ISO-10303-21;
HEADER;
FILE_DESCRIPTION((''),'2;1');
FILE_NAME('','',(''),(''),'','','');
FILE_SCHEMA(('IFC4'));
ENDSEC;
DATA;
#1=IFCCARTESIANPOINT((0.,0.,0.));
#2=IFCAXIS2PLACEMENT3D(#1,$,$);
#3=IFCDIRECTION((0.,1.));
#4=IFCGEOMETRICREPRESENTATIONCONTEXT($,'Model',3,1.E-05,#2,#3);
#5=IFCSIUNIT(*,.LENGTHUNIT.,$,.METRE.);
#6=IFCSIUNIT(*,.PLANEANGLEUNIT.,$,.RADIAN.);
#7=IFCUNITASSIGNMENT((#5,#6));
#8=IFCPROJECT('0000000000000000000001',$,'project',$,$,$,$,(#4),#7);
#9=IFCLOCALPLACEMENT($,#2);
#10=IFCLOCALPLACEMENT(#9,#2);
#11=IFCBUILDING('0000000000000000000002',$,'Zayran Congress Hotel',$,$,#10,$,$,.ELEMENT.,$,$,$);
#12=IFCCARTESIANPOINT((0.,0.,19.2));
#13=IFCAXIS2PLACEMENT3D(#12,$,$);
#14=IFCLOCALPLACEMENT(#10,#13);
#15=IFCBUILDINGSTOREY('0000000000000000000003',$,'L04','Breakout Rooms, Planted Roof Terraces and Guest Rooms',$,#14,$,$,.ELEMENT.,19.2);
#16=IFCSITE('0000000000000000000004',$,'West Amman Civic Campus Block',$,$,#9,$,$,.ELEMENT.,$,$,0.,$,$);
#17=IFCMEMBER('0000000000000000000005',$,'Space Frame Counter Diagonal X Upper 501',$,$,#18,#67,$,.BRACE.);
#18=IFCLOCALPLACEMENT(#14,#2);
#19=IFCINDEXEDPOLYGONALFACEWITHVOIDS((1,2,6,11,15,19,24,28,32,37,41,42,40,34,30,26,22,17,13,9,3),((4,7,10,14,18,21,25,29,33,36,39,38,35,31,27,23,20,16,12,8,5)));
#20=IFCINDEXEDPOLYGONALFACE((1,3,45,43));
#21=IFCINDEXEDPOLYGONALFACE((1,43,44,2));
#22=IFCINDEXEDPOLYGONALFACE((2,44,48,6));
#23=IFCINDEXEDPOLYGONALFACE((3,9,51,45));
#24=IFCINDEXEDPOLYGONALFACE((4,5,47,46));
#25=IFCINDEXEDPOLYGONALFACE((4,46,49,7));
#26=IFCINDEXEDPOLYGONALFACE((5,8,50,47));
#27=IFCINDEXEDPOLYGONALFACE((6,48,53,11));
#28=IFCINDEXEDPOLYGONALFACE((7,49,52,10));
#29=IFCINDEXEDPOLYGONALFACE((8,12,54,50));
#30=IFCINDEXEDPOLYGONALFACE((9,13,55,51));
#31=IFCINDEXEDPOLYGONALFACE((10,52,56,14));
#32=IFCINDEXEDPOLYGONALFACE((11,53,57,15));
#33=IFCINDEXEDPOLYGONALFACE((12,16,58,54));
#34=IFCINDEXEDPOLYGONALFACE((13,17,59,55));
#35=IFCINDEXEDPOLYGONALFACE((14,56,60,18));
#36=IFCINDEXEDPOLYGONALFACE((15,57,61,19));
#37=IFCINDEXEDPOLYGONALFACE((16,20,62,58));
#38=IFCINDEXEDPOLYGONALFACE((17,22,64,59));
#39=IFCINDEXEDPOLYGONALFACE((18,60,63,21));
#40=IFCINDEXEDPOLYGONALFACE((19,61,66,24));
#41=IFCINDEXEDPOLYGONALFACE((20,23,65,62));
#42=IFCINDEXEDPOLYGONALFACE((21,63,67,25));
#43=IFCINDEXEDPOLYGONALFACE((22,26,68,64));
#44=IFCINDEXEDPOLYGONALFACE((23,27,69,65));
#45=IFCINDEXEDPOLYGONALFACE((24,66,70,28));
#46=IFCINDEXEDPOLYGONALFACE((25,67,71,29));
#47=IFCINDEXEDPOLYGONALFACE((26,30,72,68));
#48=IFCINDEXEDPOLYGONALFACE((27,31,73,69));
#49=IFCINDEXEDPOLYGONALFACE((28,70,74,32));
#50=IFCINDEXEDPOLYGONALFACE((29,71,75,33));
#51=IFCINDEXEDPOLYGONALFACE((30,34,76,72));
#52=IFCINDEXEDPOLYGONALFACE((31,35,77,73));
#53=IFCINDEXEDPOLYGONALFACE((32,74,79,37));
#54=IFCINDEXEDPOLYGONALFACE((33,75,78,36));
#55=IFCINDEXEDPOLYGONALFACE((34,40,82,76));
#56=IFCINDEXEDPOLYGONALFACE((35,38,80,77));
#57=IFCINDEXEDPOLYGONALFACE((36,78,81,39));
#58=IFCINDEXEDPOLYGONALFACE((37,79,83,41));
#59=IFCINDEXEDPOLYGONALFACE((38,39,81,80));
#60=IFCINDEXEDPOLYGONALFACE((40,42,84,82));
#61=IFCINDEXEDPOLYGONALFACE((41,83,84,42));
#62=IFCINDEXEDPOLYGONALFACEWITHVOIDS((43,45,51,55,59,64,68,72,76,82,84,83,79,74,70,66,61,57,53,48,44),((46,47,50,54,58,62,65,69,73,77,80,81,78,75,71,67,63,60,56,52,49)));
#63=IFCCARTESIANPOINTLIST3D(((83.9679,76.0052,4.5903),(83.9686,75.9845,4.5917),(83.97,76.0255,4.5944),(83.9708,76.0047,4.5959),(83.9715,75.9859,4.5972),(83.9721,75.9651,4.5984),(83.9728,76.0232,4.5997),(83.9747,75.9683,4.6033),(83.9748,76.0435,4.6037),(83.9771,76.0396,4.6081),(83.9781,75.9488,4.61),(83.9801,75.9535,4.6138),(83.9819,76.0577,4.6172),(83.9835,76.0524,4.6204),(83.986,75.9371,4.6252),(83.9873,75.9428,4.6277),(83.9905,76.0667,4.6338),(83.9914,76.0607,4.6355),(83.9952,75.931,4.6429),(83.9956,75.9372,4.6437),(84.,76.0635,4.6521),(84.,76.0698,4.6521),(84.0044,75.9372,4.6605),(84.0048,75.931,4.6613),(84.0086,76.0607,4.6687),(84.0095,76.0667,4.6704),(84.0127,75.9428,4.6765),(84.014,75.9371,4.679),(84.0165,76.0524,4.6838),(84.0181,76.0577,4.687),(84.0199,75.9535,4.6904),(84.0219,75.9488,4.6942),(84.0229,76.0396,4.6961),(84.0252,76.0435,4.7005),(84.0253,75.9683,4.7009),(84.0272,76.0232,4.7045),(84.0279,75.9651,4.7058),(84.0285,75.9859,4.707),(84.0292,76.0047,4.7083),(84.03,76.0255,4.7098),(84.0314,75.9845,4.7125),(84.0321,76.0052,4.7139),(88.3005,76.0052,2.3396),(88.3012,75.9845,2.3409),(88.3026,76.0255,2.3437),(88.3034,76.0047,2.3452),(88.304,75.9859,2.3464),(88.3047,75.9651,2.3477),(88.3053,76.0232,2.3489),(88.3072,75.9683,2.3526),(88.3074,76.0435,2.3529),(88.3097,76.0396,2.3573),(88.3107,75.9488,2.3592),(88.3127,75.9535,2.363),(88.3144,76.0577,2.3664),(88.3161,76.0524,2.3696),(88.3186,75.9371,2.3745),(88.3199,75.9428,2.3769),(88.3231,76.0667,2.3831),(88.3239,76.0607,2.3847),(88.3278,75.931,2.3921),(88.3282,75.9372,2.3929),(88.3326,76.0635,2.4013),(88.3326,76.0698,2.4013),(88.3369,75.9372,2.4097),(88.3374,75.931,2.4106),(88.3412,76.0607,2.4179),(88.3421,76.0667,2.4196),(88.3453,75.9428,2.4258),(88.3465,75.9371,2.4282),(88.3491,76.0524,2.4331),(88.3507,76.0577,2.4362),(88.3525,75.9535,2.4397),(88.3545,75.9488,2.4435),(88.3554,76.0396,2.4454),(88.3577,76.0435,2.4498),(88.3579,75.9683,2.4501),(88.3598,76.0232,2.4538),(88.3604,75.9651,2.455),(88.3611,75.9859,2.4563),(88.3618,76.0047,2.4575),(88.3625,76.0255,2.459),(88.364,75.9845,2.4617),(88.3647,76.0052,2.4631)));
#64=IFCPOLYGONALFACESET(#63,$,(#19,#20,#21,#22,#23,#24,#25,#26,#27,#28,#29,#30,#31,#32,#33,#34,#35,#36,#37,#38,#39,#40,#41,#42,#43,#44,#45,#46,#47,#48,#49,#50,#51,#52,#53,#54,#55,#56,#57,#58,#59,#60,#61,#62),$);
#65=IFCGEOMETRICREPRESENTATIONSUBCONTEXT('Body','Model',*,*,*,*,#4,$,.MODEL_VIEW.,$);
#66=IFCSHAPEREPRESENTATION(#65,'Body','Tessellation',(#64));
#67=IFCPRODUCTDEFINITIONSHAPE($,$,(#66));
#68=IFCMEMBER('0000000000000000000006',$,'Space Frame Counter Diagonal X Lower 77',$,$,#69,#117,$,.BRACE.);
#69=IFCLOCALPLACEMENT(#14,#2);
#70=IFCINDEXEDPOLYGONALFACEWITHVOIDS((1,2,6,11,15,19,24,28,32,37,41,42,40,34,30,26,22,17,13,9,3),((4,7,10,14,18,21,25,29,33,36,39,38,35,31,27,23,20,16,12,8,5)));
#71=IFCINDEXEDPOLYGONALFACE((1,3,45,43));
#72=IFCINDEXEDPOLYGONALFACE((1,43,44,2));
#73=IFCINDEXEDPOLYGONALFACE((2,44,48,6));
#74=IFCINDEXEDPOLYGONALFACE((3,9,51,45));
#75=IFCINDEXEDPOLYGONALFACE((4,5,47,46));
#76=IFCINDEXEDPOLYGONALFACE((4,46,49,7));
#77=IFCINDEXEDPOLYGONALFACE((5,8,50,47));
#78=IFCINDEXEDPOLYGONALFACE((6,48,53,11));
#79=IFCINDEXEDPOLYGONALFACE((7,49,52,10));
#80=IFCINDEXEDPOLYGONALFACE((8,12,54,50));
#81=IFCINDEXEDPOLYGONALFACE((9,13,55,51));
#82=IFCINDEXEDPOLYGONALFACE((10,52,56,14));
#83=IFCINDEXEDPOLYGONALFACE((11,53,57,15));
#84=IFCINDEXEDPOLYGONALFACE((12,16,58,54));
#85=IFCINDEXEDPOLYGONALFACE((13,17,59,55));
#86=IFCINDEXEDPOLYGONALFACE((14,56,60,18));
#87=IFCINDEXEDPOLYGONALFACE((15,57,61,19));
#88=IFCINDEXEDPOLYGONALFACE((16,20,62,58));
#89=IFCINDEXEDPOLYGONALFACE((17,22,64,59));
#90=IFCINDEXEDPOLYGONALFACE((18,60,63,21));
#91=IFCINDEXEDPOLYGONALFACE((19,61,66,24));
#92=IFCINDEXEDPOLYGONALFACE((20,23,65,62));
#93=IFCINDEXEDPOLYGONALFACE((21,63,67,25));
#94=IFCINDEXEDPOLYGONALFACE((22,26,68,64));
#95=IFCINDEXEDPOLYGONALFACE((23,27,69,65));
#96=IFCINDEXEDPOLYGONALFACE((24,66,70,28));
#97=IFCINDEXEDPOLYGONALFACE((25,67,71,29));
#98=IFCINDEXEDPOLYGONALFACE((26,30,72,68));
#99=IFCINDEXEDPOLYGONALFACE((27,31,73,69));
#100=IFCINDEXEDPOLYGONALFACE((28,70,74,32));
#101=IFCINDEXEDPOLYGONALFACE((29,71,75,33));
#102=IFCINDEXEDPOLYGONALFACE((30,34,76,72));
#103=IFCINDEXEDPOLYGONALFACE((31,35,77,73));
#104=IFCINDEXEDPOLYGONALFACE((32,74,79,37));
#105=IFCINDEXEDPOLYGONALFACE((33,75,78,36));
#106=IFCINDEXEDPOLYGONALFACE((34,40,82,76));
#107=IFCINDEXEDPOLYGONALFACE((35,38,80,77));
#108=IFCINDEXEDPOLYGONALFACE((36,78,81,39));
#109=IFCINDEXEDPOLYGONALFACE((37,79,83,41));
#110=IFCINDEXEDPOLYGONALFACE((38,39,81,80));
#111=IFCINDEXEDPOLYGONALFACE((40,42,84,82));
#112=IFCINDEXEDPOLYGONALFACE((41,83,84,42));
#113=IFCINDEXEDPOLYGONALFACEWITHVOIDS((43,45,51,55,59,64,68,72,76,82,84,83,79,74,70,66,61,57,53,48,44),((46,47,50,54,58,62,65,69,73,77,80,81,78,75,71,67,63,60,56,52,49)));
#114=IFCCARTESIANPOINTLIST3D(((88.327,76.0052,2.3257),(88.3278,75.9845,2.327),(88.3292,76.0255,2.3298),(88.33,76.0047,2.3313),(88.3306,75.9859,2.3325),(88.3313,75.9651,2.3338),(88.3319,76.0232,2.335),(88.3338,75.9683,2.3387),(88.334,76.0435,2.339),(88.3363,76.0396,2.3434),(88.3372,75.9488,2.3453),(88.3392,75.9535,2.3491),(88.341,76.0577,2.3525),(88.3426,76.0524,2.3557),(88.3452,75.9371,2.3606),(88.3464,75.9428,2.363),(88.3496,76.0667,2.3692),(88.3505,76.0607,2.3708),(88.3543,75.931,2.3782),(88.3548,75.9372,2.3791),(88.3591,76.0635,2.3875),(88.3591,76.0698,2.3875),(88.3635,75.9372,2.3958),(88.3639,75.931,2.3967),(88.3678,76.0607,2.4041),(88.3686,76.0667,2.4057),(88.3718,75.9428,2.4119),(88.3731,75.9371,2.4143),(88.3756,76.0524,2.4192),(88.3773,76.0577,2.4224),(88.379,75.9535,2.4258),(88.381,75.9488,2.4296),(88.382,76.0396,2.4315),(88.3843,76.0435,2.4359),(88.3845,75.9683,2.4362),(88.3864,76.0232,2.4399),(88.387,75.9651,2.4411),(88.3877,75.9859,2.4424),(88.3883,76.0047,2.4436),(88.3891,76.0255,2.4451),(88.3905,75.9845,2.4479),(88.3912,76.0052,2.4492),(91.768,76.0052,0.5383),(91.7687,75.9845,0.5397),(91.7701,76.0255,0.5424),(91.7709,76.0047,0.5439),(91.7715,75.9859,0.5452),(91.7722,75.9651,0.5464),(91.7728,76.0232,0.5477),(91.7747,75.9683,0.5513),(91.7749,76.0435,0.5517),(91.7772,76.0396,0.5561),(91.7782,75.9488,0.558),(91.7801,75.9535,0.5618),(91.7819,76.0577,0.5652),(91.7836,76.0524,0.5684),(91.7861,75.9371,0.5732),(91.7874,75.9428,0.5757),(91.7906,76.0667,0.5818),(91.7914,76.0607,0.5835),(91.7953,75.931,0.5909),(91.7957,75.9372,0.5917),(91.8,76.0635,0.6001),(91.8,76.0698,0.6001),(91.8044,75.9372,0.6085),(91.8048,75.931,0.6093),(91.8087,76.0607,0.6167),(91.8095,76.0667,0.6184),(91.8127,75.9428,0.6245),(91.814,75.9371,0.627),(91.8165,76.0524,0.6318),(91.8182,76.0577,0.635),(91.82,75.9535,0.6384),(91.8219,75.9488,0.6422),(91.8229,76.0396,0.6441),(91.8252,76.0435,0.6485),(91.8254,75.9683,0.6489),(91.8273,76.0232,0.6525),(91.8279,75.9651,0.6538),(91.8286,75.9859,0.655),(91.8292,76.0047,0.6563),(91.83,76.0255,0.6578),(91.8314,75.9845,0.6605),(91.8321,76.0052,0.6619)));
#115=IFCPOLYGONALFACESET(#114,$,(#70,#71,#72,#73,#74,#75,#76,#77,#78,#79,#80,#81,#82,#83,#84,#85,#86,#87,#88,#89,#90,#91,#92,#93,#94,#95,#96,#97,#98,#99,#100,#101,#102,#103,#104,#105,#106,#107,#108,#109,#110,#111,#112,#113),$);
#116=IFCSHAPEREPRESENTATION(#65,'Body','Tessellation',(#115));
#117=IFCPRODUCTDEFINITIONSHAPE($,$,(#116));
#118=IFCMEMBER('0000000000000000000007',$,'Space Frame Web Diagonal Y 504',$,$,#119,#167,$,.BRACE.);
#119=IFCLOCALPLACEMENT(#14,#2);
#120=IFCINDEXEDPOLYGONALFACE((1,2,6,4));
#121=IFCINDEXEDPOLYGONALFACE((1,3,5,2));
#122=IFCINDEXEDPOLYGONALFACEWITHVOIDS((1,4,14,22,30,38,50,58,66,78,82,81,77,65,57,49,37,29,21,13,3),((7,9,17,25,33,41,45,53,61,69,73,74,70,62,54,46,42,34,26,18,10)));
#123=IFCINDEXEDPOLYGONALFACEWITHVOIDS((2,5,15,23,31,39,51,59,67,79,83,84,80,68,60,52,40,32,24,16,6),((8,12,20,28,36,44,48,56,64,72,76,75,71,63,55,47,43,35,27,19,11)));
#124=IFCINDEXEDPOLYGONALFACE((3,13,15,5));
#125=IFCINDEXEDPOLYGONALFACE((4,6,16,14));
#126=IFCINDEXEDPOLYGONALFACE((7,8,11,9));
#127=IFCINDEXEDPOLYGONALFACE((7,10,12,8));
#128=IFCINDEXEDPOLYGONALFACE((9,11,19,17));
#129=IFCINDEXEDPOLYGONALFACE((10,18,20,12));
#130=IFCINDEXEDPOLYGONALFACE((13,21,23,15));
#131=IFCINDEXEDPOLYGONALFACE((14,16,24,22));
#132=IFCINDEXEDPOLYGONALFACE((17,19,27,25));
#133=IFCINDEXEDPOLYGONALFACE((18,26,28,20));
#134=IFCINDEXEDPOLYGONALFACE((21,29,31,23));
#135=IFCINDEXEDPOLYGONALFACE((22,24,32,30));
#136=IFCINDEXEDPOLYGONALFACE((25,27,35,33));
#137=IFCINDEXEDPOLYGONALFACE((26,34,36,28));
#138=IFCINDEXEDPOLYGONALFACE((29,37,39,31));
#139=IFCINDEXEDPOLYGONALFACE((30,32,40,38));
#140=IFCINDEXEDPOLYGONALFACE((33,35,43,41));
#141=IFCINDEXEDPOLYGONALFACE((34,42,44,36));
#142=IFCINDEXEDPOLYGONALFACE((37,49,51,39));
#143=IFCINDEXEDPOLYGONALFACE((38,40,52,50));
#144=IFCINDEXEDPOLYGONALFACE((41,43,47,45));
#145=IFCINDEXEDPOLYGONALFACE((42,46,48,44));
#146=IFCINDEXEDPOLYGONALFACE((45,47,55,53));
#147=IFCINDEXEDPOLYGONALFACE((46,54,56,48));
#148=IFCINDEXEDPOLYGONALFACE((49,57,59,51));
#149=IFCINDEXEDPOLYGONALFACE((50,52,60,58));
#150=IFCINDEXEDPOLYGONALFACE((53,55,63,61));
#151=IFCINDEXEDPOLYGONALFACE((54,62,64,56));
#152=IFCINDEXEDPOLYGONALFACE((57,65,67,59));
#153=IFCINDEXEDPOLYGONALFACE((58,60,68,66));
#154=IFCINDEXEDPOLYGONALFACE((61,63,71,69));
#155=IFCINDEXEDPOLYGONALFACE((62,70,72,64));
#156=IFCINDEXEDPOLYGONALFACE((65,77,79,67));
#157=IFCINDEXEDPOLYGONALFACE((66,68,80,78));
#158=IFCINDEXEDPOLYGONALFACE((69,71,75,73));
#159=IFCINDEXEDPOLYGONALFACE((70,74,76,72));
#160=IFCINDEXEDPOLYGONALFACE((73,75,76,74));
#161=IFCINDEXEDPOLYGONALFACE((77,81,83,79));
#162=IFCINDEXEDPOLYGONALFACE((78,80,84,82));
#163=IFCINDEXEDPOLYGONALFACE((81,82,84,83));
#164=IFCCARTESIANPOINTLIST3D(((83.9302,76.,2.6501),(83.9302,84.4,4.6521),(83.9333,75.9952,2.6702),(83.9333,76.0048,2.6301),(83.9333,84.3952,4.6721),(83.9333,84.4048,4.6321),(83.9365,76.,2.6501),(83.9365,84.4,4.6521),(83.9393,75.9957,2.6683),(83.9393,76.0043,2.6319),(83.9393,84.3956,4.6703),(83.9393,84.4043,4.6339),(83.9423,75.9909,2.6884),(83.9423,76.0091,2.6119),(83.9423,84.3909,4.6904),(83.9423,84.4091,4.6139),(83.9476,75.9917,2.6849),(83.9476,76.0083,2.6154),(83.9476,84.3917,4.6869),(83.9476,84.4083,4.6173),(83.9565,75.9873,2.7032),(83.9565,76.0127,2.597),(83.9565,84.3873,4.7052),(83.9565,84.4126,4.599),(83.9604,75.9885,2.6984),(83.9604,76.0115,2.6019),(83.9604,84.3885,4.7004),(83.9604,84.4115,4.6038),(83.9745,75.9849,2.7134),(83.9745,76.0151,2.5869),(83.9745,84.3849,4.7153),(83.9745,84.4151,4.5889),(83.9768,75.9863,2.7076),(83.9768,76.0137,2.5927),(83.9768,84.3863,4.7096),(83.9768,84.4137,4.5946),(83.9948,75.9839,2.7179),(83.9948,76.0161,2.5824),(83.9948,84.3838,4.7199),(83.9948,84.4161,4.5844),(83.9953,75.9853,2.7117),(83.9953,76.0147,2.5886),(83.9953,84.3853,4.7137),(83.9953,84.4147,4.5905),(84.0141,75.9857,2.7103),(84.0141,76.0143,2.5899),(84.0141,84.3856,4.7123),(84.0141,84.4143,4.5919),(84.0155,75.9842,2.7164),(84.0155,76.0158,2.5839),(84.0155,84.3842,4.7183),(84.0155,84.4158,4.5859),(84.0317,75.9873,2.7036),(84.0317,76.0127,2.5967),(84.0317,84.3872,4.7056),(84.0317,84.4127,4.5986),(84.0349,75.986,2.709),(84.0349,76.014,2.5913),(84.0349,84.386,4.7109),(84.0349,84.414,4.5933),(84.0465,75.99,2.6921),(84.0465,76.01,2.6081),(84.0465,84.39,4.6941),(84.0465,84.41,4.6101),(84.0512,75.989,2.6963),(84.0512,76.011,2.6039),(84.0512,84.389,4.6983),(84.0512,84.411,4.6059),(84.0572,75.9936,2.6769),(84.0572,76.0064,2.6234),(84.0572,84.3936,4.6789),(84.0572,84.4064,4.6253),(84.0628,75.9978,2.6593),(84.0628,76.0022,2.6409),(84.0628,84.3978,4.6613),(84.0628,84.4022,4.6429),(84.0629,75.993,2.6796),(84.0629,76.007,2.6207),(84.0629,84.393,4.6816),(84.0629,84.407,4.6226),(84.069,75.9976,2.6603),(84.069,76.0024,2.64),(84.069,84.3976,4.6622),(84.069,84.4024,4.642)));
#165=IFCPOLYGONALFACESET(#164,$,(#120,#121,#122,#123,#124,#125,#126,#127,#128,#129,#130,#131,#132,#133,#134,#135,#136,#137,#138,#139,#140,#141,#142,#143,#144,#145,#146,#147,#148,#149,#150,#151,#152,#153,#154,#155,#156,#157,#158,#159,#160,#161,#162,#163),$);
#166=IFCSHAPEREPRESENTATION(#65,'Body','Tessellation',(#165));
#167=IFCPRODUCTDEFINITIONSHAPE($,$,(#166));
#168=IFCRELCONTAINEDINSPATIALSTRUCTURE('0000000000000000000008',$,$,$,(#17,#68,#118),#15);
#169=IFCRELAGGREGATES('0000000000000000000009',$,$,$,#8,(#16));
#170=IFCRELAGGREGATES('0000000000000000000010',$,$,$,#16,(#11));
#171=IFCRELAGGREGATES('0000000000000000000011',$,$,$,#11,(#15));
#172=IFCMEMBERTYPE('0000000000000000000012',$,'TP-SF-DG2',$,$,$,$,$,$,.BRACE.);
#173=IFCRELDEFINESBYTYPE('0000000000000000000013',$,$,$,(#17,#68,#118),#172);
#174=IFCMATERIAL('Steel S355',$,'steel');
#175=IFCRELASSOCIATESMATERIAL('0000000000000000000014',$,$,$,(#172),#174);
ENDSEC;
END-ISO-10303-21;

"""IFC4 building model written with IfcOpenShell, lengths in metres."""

from ifc_helpers import new_model, si_unit, direction, frame, origin, origin_2d, place, context, subcontext, project, spatial, hollow_circle, extrude, material, material_profile, profile_set, type_object, element, save


model = new_model("IFC4")

# Units and contexts
model_context = context("Model", 3, precision=1e-05, world=origin(), true_north=direction((0.0, 1.0)))
body_context = subcontext(model_context, "Body", "Model", "MODEL_VIEW")
ifc_project = project(units=[si_unit("LENGTHUNIT", "METRE"), si_unit("PLANEANGLEUNIT", "RADIAN")], contexts=[model_context])

# Site, building, storey
site_placement = place(None, origin())
site = spatial("IfcSite", under=ifc_project, at=site_placement, Name="West Amman Civic Campus Block", CompositionType="ELEMENT", RefElevation=0.0)
building_placement = place(site_placement, origin())
building = spatial("IfcBuilding", under=site, at=building_placement, Name="Zayran Congress Hotel", CompositionType="ELEMENT")
storey_placement = place(building_placement, frame((0.0, 0.0, 19.2)))
storey = spatial("IfcBuildingStorey", under=building, at=storey_placement, Name="L04", Description="Breakout Rooms, Planted Roof Terraces and Guest Rooms", CompositionType="ELEMENT", Elevation=19.2)

# Shared definitions
ifc_material = material(Name="Steel S355", Category="steel")

# Members
ifc_material_profile_1 = material_profile(ifc_material, hollow_circle(Radius=0.0698, WallThickness=0.0063, at=origin_2d()), Name="CHS 139.7x6.3")
ifc_profile_set_1 = profile_set([ifc_material_profile_1], Name="Steel S355")
member_type_1 = type_object("IfcMemberType", Name="TP-SF-DG2", PredefinedType="BRACE", material=ifc_profile_set_1)
member_1_placement = place(storey_placement, frame((84.0, 76.0, 4.6521), z_axis=(0.887399, 0.0, -0.461002), x_axis=(0.0, 1.0, 0.0)))
element("IfcMember", 1, at=member_1_placement, inside=storey, type_object=member_type_1, Name="Space Frame Counter Diagonal X Upper 501", PredefinedType="BRACE", context=body_context, shape_type="SweptSolid", body=[
    extrude(hollow_circle(Radius=0.0698, WallThickness=0.0063, at=origin_2d()), origin(), (0.0, 0.0, 1.0), 4.8823),
])
member_2_placement = place(storey_placement, frame((88.3591, 76.0, 2.3875), z_axis=(0.88742, 0.0, -0.460962), x_axis=(0.0, 1.0, 0.0)))
element("IfcMember", 2, at=member_2_placement, inside=storey, type_object=member_type_1, Name="Space Frame Counter Diagonal X Lower 77", PredefinedType="BRACE", context=body_context, shape_type="SweptSolid", body=[
    extrude(hollow_circle(Radius=0.0698, WallThickness=0.0063, at=origin_2d()), origin(), (0.0, 0.0, 1.0), 3.8774),
])
member_3_placement = place(storey_placement, frame((84.0, 76.0, 2.6501), z_axis=(0.0, 0.972755, 0.231837), x_axis=(-1.0, 0.0, 0.0)))
element("IfcMember", 3, at=member_3_placement, inside=storey, type_object=member_type_1, Name="Space Frame Web Diagonal Y 504", PredefinedType="BRACE", context=body_context, shape_type="SweptSolid", body=[
    extrude(hollow_circle(Radius=0.0698, WallThickness=0.0063, at=origin_2d()), origin(), (0.0, 0.0, 1.0), 8.6353),
])

save(model, "model.ifc")
